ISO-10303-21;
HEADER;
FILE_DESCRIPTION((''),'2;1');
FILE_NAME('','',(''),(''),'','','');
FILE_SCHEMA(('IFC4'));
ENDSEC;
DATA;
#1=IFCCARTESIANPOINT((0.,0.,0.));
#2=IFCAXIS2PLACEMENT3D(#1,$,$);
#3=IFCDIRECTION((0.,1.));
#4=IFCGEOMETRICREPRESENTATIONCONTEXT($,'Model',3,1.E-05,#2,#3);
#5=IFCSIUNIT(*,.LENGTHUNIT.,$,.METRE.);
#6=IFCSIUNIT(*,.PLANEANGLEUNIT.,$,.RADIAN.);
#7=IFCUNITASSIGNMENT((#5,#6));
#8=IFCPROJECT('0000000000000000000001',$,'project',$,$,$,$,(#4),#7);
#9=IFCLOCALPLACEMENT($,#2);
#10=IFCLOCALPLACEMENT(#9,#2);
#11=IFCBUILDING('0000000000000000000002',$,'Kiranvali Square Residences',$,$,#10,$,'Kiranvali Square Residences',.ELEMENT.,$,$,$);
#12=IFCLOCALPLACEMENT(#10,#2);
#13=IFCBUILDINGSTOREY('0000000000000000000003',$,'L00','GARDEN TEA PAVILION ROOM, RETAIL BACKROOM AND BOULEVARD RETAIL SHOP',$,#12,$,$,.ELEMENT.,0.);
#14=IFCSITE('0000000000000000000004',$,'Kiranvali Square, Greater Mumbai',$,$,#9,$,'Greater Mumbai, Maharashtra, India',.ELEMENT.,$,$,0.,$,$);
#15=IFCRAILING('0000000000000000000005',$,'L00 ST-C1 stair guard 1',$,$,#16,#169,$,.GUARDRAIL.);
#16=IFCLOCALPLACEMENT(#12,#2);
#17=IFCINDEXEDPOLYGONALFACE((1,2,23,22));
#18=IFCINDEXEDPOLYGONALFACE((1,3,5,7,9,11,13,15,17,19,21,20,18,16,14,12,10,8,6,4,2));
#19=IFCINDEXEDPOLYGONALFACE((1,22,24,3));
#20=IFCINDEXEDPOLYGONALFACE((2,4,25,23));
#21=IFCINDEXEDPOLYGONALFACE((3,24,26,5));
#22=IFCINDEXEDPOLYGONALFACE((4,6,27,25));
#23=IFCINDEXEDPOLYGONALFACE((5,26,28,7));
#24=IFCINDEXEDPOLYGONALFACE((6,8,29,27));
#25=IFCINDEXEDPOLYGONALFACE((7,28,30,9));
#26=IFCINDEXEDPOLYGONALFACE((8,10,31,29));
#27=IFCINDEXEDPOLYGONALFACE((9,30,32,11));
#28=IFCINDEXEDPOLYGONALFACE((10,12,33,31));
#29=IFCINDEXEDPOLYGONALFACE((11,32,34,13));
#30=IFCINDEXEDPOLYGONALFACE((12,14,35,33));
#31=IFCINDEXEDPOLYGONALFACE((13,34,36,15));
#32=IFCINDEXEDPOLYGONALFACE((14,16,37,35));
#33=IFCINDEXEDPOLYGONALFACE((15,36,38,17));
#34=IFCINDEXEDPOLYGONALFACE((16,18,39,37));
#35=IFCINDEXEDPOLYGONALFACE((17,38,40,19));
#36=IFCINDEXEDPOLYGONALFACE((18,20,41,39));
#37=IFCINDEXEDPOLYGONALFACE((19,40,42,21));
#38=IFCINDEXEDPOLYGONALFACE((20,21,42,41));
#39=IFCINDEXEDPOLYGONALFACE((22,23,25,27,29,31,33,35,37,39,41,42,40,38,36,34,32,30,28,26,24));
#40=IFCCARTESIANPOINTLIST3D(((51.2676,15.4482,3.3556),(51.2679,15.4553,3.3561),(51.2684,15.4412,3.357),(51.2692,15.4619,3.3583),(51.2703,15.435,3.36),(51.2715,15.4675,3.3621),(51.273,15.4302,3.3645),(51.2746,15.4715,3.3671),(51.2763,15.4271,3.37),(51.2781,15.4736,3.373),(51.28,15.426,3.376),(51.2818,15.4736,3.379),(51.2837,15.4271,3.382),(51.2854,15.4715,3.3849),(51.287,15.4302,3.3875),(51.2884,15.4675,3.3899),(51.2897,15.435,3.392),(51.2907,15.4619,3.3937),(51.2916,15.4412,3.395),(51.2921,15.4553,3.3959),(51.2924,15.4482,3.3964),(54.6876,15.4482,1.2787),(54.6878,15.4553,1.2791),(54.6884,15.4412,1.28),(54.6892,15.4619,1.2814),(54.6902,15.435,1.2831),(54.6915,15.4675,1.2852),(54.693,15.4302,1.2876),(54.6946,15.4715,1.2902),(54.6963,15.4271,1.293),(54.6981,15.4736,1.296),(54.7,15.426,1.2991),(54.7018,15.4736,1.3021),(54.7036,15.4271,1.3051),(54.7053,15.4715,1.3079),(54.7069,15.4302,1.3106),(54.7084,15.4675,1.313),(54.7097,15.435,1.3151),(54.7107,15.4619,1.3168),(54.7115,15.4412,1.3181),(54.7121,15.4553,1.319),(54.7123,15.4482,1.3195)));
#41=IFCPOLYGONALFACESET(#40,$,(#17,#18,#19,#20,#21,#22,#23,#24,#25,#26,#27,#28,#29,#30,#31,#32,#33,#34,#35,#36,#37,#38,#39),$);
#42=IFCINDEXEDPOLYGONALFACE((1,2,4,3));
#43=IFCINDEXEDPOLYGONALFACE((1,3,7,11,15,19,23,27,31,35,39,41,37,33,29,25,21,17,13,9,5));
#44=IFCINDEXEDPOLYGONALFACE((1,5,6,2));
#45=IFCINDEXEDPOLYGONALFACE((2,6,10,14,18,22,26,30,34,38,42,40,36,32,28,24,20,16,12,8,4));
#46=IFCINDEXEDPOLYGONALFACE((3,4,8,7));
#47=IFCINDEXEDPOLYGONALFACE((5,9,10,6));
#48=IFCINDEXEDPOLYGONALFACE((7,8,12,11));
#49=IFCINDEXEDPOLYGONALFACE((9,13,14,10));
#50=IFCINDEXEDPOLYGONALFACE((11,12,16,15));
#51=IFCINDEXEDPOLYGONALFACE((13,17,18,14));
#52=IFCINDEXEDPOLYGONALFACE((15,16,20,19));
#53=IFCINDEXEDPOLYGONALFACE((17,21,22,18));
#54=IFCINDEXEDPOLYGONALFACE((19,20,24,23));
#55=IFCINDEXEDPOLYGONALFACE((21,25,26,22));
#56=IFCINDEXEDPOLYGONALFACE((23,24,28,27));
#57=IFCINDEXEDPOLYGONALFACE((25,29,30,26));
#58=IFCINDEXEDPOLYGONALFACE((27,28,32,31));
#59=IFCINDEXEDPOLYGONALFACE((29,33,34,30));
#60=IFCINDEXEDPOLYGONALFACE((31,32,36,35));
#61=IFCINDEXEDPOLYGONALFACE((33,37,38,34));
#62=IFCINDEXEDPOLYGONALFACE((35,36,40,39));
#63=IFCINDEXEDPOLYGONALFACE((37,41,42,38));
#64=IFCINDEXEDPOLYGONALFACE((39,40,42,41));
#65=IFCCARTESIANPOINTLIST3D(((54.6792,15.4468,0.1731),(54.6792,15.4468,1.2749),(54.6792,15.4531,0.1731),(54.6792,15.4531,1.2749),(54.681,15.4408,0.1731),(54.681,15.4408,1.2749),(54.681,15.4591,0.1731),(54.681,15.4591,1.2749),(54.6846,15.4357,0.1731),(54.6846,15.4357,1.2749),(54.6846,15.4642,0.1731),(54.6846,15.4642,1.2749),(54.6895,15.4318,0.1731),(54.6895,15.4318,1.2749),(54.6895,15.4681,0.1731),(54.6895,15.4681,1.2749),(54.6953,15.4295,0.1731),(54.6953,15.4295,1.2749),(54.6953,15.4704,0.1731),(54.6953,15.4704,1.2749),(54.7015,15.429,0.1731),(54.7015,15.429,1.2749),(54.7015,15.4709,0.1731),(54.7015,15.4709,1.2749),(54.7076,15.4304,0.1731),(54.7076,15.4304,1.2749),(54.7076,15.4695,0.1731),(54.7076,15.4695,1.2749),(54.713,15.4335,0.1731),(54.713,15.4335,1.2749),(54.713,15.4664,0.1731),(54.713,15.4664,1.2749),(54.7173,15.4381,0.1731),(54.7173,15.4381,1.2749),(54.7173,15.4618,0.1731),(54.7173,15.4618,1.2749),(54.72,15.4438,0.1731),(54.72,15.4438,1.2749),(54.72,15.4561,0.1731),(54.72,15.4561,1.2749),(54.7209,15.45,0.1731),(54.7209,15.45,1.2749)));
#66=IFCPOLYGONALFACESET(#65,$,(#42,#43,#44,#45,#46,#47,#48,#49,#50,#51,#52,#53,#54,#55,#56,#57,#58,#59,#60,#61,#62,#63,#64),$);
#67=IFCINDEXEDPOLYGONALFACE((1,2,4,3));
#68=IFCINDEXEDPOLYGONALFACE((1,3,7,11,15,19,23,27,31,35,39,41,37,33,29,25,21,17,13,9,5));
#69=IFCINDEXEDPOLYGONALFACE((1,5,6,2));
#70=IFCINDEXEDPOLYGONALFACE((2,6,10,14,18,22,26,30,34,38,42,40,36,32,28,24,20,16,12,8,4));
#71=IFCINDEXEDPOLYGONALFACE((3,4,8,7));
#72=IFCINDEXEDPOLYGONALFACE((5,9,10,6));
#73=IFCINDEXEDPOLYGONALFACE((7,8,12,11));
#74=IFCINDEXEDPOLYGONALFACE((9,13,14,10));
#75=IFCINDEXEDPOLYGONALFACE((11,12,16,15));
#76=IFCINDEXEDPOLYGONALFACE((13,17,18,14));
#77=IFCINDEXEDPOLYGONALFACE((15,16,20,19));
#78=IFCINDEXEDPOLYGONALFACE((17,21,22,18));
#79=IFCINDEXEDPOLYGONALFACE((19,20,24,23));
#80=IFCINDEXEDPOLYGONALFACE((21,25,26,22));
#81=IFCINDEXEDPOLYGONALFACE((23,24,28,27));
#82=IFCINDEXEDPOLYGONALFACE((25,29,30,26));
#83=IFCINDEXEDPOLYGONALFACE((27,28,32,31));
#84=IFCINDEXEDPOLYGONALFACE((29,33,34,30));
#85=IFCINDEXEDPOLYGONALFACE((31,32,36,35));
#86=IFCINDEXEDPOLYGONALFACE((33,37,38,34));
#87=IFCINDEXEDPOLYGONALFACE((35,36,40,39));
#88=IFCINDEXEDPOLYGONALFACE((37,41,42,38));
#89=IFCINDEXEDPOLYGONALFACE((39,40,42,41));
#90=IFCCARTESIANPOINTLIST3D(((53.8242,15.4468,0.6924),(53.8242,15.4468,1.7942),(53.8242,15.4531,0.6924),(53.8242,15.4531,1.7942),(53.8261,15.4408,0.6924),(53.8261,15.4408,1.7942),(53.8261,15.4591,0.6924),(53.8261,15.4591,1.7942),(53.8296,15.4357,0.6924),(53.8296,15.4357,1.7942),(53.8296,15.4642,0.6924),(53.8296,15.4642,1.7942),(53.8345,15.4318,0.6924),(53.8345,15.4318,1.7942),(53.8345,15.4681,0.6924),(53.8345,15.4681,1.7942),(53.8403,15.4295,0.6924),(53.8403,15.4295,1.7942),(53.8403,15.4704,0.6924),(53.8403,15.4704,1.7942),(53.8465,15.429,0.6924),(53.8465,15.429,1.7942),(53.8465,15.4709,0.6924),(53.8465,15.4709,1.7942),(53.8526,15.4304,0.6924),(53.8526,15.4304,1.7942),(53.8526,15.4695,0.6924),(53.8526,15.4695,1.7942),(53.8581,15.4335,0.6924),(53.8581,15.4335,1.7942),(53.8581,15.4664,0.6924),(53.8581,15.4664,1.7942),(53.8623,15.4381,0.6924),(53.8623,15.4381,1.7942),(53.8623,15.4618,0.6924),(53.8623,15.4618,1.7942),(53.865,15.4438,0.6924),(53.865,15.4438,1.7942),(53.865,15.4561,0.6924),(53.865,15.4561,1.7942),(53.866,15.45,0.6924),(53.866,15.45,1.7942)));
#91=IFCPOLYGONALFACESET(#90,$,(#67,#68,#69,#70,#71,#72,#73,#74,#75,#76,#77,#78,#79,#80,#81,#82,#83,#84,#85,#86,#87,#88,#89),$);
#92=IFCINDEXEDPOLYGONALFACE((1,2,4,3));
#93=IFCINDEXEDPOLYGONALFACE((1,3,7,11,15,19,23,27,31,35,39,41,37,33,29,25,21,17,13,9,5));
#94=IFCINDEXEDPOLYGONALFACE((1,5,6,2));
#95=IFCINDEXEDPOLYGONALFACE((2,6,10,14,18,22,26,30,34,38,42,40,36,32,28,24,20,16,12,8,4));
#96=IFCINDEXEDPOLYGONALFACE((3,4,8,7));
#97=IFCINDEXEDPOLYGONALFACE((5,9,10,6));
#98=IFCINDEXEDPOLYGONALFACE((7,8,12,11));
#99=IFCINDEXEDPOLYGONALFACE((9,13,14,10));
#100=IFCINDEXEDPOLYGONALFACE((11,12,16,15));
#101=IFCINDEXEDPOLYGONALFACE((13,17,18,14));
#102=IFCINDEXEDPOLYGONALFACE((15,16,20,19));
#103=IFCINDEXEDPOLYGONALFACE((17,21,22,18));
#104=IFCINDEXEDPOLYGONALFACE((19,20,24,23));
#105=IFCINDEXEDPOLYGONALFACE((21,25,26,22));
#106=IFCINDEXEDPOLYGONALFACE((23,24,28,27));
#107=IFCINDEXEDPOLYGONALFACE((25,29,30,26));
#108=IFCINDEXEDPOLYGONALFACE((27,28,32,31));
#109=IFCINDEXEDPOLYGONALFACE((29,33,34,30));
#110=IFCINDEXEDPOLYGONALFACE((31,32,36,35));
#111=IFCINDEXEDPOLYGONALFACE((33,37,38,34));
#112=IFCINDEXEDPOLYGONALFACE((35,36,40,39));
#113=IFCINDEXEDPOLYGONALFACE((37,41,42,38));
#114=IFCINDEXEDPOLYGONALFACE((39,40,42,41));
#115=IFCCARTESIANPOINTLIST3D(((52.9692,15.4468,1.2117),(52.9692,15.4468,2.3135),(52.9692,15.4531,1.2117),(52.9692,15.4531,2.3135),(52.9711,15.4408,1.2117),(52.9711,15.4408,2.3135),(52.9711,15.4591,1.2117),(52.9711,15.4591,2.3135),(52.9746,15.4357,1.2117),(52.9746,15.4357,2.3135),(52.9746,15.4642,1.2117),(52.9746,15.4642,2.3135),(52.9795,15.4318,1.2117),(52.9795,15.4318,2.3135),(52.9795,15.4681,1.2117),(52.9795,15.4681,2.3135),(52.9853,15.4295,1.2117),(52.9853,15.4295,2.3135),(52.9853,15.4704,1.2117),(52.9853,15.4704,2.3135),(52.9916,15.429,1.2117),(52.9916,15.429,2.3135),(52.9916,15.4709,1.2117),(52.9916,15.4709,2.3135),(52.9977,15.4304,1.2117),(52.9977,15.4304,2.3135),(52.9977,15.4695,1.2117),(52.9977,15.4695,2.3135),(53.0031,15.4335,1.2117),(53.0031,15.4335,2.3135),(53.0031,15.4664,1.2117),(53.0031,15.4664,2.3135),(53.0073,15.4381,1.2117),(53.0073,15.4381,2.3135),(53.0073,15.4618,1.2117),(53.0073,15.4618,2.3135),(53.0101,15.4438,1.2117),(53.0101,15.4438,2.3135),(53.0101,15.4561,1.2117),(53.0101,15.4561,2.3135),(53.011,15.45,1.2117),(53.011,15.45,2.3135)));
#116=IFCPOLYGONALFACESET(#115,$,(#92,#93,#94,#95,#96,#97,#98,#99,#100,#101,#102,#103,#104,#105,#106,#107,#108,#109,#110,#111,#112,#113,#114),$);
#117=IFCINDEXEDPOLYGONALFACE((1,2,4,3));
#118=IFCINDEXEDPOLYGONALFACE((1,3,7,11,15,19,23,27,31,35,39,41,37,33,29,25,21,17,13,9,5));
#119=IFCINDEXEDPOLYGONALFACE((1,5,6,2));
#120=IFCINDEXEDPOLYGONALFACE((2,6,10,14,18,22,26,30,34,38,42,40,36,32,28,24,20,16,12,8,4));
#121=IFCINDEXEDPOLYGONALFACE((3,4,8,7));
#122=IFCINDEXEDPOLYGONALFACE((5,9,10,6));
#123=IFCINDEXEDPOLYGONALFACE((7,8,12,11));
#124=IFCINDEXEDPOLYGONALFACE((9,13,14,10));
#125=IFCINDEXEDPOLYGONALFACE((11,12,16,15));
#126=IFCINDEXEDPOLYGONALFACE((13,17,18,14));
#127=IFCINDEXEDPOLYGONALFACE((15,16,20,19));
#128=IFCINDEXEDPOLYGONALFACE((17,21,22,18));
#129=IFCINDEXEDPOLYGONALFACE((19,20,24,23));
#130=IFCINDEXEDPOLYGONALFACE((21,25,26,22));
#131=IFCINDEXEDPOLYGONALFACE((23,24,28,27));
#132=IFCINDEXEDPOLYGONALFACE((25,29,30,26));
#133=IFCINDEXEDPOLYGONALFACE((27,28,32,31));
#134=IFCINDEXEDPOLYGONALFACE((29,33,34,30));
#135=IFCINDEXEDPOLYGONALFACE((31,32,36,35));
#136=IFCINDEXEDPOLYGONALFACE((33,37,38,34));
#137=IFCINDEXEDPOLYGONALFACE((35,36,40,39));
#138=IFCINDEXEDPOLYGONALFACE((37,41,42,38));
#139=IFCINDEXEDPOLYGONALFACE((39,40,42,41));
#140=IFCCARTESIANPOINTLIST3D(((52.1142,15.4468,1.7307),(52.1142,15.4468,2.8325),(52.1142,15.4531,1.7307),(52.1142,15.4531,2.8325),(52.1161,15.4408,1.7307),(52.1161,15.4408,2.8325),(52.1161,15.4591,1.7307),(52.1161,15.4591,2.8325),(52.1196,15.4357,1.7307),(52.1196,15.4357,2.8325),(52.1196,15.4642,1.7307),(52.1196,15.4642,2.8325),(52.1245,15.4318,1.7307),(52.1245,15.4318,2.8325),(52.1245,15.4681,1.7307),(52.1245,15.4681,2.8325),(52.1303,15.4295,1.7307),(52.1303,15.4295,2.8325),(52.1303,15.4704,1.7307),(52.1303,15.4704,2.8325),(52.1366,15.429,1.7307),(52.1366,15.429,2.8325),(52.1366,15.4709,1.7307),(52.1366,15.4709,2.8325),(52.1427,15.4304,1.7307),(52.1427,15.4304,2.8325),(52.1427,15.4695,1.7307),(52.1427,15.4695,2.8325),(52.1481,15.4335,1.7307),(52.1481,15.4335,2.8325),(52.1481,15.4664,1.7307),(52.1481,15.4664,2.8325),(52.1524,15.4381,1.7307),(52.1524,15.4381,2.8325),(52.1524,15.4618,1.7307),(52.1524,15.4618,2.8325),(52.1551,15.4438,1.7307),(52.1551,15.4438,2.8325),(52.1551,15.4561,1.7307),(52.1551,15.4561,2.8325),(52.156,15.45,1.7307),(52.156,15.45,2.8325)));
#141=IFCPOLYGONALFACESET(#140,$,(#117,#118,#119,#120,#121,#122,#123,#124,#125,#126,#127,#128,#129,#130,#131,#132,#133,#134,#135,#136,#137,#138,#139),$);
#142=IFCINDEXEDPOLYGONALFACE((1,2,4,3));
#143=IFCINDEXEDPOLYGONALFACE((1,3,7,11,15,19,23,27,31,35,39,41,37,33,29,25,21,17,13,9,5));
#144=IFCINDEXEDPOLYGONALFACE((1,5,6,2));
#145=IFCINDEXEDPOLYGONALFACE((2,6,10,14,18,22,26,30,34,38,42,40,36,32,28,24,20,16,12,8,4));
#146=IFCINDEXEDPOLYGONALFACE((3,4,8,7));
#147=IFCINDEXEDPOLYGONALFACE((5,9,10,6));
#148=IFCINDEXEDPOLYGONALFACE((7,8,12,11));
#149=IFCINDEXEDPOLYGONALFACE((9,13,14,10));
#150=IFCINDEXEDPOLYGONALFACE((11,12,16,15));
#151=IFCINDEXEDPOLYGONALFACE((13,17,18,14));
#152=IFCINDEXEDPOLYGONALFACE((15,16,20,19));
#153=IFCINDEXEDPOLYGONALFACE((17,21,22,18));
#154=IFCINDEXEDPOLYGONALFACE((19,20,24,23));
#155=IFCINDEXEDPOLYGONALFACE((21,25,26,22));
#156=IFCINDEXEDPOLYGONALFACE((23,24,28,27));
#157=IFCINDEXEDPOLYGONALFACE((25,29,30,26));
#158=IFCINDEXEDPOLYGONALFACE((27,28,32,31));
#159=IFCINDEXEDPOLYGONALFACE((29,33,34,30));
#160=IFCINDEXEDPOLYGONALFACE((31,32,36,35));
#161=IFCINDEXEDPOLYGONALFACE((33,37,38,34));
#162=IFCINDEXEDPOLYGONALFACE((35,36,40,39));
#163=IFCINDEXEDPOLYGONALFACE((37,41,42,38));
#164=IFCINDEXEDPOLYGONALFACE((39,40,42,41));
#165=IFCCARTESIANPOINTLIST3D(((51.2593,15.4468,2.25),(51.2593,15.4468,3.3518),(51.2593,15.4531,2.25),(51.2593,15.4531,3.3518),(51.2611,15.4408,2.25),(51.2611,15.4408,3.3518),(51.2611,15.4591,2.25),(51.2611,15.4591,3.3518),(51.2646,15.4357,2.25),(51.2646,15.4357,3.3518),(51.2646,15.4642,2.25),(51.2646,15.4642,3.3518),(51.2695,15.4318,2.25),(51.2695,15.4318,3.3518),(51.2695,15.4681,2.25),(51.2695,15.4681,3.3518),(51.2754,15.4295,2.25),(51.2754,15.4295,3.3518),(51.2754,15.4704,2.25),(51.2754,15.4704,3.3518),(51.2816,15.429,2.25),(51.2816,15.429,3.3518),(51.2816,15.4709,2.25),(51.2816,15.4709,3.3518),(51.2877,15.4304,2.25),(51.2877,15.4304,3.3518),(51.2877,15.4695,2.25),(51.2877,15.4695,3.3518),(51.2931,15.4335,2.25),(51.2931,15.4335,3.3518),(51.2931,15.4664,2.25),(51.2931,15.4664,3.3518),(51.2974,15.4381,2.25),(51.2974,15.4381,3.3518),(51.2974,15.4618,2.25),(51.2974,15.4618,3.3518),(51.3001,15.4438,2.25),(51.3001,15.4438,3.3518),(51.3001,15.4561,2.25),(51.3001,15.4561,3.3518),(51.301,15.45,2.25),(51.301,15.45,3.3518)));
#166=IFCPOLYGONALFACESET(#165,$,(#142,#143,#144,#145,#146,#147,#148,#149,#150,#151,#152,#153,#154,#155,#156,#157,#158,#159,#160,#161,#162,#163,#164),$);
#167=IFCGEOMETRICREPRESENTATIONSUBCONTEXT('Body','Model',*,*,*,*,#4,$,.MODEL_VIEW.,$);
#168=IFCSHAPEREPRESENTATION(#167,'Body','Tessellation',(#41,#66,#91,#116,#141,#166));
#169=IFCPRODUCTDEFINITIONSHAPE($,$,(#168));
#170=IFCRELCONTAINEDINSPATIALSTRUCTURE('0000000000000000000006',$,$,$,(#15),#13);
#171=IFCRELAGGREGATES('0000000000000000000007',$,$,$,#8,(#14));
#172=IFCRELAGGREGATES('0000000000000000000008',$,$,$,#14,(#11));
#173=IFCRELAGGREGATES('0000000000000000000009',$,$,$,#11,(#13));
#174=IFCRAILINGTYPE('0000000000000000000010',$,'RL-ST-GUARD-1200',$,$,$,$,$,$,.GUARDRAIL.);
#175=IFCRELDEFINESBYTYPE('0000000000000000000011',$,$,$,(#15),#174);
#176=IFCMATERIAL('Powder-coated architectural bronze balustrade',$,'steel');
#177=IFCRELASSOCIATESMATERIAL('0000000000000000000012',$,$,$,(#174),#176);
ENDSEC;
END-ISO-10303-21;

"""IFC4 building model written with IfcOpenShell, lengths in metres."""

from ifc_helpers import new_model, si_unit, direction, frame, origin, origin_2d, place, context, subcontext, project, spatial, circle, extrude, material, type_object, element, save


model = new_model("IFC4")

# Units and contexts
model_context = context("Model", 3, precision=1e-05, world=origin(), true_north=direction((0.0, 1.0)))
body_context = subcontext(model_context, "Body", "Model", "MODEL_VIEW")
ifc_project = project(units=[si_unit("LENGTHUNIT", "METRE"), si_unit("PLANEANGLEUNIT", "RADIAN")], contexts=[model_context])

# Site, building, storey
site_placement = place(None, origin())
site = spatial("IfcSite", under=ifc_project, at=site_placement, Name="Kiranvali Square, Greater Mumbai", LongName="Greater Mumbai, Maharashtra, India", CompositionType="ELEMENT", RefElevation=0.0)
building_placement = place(site_placement, origin())
building = spatial("IfcBuilding", under=site, at=building_placement, Name="Kiranvali Square Residences", LongName="Kiranvali Square Residences", CompositionType="ELEMENT")
storey_placement = place(building_placement, origin())
storey = spatial("IfcBuildingStorey", under=building, at=storey_placement, Name="L00", Description="GARDEN TEA PAVILION ROOM, RETAIL BACKROOM AND BOULEVARD RETAIL SHOP", CompositionType="ELEMENT", Elevation=0.0)

# Railing
ifc_material_1 = material(Name="Powder-coated architectural bronze balustrade", Category="steel")
railing_type_1 = type_object("IfcRailingType", Name="RL-ST-GUARD-1200", PredefinedType="GUARDRAIL", material=ifc_material_1)
railing_1_placement = place(storey_placement, frame((54.7, 15.45, 0.1731)))
element("IfcRailing", 1, at=railing_1_placement, inside=storey, type_object=railing_type_1, Name="L00 ST-C1 stair guard 1", PredefinedType="GUARDRAIL", context=body_context, shape_type="SweptSolid", body=[
    extrude(circle(Radius=0.0239, at=origin_2d()), frame((0.0, 0.0, 1.126), z_axis=(-0.85473, 0.0, 0.519074), x_axis=(0.0, -1.0, 0.0)), (0.0, 0.0, 1.0), 4.0012),
    extrude(circle(Radius=0.021, at=origin_2d()), origin(), (0.0, 0.0, 1.0), 1.1018),
    extrude(circle(Radius=0.021, at=origin_2d()), frame((-0.855, 0.0, 0.5193)), (0.0, 0.0, 1.0), 1.1018),
    extrude(circle(Radius=0.021, at=origin_2d()), frame((-1.71, 0.0, 1.0386)), (0.0, 0.0, 1.0), 1.1018),
    extrude(circle(Radius=0.021, at=origin_2d()), frame((-2.5649, 0.0, 1.5576)), (0.0, 0.0, 1.0), 1.1018),
    extrude(circle(Radius=0.021, at=origin_2d()), frame((-3.4199, 0.0, 2.0769)), (0.0, 0.0, 1.0), 1.1018),
])

save(model, "model.ifc")
